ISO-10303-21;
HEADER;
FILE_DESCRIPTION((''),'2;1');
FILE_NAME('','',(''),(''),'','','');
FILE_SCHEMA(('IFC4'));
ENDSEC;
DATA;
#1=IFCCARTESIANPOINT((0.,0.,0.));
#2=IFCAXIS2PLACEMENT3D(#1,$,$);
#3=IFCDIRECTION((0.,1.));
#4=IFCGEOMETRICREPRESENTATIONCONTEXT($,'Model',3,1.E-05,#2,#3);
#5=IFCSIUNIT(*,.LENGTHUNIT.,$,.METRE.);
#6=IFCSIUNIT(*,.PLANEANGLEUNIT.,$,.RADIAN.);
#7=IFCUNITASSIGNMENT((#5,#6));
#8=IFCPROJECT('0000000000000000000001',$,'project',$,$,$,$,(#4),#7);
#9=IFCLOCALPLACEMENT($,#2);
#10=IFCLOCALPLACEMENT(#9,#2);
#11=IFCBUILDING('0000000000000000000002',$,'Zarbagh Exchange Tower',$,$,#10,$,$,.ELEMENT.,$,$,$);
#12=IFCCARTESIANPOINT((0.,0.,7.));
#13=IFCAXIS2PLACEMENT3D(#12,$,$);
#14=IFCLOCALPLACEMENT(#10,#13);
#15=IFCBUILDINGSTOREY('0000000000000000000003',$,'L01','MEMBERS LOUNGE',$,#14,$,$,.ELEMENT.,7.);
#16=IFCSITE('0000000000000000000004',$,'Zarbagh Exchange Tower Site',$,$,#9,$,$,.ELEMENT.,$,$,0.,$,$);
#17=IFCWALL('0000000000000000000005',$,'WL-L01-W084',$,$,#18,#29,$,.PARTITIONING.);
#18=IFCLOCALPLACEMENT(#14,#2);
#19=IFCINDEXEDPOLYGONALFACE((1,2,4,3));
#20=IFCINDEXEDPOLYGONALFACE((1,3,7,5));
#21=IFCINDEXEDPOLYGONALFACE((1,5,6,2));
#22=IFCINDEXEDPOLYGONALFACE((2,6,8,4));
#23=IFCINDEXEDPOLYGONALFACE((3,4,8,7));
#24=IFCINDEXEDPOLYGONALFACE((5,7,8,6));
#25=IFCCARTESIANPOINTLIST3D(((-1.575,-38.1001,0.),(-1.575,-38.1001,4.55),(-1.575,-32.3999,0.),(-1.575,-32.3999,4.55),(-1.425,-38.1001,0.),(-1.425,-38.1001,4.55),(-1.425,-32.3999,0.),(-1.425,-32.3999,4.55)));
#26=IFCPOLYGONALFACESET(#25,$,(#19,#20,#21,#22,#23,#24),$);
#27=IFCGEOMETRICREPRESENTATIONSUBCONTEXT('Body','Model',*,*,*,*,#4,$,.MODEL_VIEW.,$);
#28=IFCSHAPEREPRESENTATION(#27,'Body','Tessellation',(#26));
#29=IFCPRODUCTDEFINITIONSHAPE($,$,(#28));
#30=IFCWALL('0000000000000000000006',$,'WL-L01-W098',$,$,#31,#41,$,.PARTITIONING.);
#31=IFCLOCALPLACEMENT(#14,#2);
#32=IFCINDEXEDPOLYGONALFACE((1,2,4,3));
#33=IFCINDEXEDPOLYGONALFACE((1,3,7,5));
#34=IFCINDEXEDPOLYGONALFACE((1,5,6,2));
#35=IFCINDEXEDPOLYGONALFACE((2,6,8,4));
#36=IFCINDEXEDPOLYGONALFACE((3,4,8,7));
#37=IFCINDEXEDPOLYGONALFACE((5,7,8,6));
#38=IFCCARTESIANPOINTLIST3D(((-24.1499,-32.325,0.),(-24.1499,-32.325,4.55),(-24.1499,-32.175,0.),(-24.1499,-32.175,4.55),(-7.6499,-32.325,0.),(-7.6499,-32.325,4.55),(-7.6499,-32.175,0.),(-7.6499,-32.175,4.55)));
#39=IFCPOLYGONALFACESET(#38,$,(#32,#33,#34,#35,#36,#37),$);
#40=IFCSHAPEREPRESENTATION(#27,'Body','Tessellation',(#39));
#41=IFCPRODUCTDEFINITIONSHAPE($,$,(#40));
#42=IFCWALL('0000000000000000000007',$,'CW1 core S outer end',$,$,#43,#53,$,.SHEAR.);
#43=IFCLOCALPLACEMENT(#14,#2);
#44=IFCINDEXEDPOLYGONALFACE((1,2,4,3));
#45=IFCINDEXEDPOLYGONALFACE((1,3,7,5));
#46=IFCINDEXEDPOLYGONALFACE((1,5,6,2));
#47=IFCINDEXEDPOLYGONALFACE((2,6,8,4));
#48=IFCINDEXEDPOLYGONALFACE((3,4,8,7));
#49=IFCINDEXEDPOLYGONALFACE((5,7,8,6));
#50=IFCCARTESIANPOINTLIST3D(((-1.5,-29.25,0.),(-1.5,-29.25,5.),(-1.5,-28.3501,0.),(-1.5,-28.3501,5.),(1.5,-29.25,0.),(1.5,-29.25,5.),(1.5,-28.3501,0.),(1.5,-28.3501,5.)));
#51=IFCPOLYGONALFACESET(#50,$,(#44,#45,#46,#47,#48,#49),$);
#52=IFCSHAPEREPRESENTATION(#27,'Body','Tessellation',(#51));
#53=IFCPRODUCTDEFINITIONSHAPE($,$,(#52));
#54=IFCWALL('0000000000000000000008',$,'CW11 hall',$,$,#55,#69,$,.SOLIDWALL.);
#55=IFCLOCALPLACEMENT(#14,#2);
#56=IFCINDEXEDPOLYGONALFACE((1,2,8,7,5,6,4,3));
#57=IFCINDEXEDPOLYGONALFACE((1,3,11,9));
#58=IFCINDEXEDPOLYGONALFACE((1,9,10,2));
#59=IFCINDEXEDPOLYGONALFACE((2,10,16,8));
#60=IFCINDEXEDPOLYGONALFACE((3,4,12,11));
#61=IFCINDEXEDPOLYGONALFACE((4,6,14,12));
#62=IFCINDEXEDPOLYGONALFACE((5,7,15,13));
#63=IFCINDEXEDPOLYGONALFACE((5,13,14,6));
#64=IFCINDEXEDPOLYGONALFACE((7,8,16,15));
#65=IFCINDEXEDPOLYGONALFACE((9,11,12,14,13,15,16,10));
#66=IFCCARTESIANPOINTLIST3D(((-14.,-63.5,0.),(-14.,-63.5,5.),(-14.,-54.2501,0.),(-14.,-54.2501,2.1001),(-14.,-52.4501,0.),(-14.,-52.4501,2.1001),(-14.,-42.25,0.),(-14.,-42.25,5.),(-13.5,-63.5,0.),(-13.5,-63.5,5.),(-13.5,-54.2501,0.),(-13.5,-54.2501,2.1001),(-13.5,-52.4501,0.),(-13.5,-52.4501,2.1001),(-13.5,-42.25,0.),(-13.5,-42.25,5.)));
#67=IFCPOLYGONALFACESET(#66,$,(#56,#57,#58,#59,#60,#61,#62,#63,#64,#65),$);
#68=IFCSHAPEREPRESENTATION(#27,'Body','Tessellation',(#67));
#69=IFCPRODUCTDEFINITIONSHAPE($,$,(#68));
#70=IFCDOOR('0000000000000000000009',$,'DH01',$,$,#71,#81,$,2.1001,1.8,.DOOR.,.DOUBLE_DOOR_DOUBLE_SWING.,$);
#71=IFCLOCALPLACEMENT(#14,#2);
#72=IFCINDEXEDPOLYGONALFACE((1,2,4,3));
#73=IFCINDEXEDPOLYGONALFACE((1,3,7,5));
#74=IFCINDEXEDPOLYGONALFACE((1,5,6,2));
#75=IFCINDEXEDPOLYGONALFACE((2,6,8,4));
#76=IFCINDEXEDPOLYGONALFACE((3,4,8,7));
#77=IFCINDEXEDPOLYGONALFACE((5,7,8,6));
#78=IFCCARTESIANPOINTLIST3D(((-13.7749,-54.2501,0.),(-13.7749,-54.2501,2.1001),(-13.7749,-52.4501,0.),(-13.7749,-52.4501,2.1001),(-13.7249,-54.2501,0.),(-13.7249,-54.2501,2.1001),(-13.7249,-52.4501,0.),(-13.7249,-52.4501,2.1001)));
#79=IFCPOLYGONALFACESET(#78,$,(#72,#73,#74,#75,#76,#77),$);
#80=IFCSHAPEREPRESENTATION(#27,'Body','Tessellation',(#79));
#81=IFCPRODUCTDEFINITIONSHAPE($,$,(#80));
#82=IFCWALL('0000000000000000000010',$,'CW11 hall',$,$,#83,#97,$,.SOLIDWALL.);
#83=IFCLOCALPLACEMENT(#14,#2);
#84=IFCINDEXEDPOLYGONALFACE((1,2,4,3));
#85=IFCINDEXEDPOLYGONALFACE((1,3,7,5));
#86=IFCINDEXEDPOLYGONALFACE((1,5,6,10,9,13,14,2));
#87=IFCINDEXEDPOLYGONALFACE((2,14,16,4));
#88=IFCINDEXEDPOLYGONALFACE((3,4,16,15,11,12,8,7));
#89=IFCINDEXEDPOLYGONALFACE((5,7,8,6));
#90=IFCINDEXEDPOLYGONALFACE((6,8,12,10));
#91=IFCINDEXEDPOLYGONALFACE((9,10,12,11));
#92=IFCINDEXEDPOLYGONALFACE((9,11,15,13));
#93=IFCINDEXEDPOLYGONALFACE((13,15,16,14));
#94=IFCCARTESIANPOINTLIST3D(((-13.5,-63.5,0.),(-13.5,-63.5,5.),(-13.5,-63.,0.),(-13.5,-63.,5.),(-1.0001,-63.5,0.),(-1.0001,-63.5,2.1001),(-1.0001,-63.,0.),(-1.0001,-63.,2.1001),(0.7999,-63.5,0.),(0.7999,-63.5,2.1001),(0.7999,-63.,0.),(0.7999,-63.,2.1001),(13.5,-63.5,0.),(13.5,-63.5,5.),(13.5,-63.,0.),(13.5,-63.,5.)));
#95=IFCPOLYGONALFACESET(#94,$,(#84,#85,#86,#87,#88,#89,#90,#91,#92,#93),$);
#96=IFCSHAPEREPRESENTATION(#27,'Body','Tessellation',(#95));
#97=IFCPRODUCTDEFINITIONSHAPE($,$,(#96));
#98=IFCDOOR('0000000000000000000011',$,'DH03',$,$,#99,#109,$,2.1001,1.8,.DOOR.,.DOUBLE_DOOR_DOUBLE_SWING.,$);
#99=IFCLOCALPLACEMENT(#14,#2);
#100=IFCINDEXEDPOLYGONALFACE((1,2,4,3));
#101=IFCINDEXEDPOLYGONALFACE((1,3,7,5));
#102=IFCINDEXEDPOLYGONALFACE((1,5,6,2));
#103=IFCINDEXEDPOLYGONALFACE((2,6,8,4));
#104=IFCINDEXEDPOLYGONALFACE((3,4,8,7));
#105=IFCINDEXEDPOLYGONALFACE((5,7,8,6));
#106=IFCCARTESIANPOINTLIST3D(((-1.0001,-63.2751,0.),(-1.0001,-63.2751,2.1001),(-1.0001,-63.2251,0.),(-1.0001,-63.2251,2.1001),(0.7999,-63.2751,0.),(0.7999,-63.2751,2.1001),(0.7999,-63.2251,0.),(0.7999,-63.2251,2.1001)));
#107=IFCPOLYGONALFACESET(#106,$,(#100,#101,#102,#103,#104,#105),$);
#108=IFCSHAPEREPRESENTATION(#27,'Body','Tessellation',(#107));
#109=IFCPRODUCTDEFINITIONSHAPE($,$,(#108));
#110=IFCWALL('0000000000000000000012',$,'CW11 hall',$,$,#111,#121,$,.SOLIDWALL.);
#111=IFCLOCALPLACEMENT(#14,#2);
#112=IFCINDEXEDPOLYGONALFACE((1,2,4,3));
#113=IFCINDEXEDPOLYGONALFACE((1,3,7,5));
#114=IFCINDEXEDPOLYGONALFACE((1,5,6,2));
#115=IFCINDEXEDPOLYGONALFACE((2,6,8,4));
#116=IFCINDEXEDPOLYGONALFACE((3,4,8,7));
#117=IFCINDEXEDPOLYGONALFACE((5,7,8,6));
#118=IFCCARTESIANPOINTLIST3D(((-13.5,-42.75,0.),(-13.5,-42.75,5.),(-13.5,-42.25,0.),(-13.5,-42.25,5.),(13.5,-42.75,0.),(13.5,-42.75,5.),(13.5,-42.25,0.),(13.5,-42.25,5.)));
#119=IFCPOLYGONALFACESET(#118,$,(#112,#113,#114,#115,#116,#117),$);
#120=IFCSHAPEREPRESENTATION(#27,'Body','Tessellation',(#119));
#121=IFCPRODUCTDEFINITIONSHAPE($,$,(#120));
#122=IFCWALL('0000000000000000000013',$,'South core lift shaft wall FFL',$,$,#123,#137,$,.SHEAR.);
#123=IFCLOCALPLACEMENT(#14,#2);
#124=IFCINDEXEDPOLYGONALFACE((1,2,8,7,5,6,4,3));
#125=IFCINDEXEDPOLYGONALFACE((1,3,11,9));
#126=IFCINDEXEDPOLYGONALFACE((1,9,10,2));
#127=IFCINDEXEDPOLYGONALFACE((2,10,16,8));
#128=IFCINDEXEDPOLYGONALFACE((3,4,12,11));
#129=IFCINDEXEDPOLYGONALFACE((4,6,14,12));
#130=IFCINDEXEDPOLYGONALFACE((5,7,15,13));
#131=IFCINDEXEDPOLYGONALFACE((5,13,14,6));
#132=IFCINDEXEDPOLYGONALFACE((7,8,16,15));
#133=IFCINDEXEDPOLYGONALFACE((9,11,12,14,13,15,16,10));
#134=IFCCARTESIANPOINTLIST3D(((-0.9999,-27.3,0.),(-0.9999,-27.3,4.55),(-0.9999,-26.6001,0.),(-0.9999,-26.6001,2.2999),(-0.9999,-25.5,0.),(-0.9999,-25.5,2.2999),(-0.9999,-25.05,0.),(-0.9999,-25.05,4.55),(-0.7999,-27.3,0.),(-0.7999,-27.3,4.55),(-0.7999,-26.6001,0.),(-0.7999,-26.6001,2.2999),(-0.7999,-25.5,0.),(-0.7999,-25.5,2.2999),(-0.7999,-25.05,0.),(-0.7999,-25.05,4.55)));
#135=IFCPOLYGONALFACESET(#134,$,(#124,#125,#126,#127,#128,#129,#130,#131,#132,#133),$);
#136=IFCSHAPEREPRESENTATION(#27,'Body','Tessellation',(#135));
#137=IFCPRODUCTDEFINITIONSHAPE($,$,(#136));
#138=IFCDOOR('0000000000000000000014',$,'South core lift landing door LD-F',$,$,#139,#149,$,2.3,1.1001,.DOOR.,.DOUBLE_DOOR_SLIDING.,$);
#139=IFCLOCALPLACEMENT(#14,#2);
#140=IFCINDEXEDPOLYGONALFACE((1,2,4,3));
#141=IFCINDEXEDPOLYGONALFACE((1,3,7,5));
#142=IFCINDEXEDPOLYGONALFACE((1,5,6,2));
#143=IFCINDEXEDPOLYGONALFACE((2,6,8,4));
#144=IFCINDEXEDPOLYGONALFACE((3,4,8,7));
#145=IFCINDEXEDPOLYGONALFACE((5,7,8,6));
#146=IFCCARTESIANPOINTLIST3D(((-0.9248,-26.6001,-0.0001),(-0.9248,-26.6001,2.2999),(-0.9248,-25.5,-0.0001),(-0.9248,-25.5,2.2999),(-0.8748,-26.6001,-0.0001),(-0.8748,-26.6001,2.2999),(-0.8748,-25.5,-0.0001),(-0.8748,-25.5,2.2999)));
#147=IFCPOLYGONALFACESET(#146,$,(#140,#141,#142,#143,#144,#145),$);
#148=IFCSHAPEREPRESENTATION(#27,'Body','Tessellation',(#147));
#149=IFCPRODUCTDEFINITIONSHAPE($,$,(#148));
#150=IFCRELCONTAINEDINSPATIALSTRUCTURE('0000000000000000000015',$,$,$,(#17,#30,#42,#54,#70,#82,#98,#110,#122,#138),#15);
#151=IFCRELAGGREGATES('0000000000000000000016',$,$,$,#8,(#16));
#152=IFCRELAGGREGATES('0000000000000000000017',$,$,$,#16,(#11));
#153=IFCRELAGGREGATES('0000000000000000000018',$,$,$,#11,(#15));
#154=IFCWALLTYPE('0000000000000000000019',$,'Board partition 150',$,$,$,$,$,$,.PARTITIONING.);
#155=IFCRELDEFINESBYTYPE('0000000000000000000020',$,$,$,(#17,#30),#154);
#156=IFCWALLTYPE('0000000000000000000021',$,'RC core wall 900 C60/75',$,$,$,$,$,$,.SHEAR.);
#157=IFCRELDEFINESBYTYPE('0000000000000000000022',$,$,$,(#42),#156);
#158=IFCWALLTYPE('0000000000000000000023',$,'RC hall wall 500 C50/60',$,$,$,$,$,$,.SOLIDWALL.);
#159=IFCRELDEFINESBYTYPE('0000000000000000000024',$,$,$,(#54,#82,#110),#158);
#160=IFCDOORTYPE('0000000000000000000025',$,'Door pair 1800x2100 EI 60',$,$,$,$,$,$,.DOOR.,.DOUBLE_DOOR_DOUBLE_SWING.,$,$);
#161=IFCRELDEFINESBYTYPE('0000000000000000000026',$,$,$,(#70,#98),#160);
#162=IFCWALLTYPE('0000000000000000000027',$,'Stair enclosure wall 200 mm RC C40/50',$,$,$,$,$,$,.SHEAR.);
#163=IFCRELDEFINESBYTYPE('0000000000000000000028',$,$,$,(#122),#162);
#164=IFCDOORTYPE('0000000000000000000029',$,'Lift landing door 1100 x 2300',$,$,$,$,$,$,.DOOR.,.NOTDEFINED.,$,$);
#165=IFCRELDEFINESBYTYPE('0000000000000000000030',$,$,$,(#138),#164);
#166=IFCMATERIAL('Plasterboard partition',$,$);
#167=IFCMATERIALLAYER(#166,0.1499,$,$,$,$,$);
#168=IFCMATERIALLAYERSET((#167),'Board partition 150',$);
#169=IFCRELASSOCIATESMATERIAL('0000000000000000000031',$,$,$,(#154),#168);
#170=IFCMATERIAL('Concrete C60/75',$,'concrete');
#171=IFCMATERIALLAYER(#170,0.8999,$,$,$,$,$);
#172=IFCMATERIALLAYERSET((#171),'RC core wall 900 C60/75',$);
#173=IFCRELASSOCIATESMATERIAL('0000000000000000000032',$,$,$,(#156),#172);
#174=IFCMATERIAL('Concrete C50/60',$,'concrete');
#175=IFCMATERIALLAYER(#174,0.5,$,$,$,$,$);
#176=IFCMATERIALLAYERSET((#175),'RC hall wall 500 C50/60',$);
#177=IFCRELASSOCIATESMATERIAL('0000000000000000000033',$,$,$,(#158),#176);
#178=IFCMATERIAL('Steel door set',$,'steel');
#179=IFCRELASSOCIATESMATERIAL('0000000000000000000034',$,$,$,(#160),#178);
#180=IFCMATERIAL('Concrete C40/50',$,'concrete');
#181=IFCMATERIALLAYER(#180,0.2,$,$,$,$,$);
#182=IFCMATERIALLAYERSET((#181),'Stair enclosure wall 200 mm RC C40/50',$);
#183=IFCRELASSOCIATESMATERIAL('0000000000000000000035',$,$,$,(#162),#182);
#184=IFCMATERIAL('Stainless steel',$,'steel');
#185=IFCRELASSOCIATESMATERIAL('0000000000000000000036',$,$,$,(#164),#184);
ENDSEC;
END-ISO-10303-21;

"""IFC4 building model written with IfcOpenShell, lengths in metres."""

from ifc_helpers import new_model, si_unit, direction, frame, frame_2d, origin, place, context, subcontext, project, spatial, rectangle, extrude, material, layer, layer_set, type_object, element, fill, save


model = new_model("IFC4")

# Units and contexts
model_context = context("Model", 3, precision=1e-05, world=origin(), true_north=direction((0.0, 1.0)))
body_context = subcontext(model_context, "Body", "Model", "MODEL_VIEW")
ifc_project = project(units=[si_unit("LENGTHUNIT", "METRE"), si_unit("PLANEANGLEUNIT", "RADIAN")], contexts=[model_context])

# Site, building, storey
site_placement = place(None, origin())
site = spatial("IfcSite", under=ifc_project, at=site_placement, Name="Zarbagh Exchange Tower Site", CompositionType="ELEMENT", RefElevation=0.0)
building_placement = place(site_placement, origin())
building = spatial("IfcBuilding", under=site, at=building_placement, Name="Zarbagh Exchange Tower", CompositionType="ELEMENT")
storey_placement = place(building_placement, frame((0.0, 0.0, 7.0)))
storey = spatial("IfcBuildingStorey", under=building, at=storey_placement, Name="L01", Description="MEMBERS LOUNGE", CompositionType="ELEMENT", Elevation=7.0)

# Shared definitions
ifc_material_1 = material(Name="Concrete C60/75", Category="concrete")

# Shared definitions
ifc_material_2 = material(Name="Plasterboard partition")
ifc_layer_1 = layer(ifc_material_2, 0.1499)
ifc_layer_set_1 = layer_set([ifc_layer_1], Name="Board partition 150")
wall_type_1 = type_object("IfcWallType", Name="Board partition 150", PredefinedType="PARTITIONING", material=ifc_layer_set_1)

# Walls
wall_1_placement = place(storey_placement, frame((-1.5, -38.1001, 0.0), z_axis=(0.0, 0.0, 1.0), x_axis=(0.0, 1.0, 0.0)))
element("IfcWall", 1, at=wall_1_placement, inside=storey, type_object=wall_type_1, Name="WL-L01-W084", PredefinedType="PARTITIONING", context=body_context, shape_type="SweptSolid", body=[
    extrude(rectangle(XDim=5.7002, YDim=0.1499, at=frame_2d((2.8501, 0.0))), origin(), (0.0, 0.0, 1.0), 4.55),
])
wall_2_placement = place(storey_placement, frame((-7.6499, -32.25, 0.0), z_axis=(0.0, 0.0, 1.0), x_axis=(-1.0, 0.0, 0.0)))
element("IfcWall", 2, at=wall_2_placement, inside=storey, type_object=wall_type_1, Name="WL-L01-W098", PredefinedType="PARTITIONING", context=body_context, shape_type="SweptSolid", body=[
    extrude(rectangle(XDim=16.5, YDim=0.1499, at=frame_2d((8.25, 0.0))), origin(), (0.0, 0.0, 1.0), 4.55),
])
ifc_layer_2 = layer(ifc_material_1, 0.8999)
ifc_layer_set_2 = layer_set([ifc_layer_2], Name="RC core wall 900 C60/75")
wall_type_2 = type_object("IfcWallType", Name="RC core wall 900 C60/75", PredefinedType="SHEAR", material=ifc_layer_set_2)
wall_3_placement = place(storey_placement, frame((-1.5, -28.8, 0.0), z_axis=(0.0, 0.0, 1.0), x_axis=(1.0, 0.0, 0.0)))
element("IfcWall", 3, at=wall_3_placement, inside=storey, type_object=wall_type_2, Name="CW1 core S outer end", PredefinedType="SHEAR", context=body_context, shape_type="SweptSolid", body=[
    extrude(rectangle(XDim=3.0, YDim=0.8999, at=frame_2d((1.5, 0.0))), origin(), (0.0, 0.0, 1.0), 5.0),
])

# Walls, openings, doors
ifc_material_3 = material(Name="Concrete C50/60", Category="concrete")
ifc_layer_3 = layer(ifc_material_3, 0.5)
ifc_layer_set_3 = layer_set([ifc_layer_3], Name="RC hall wall 500 C50/60")
wall_type_3 = type_object("IfcWallType", Name="RC hall wall 500 C50/60", PredefinedType="SOLIDWALL", material=ifc_layer_set_3)
wall_4_placement = place(storey_placement, frame((-13.75, -63.5, 0.0), z_axis=(0.0, 0.0, 1.0), x_axis=(0.0, 1.0, 0.0)))
wall_4 = element("IfcWall", 4, at=wall_4_placement, inside=storey, type_object=wall_type_3, Name="CW11 hall", PredefinedType="SOLIDWALL", context=body_context, shape_type="SweptSolid", body=[
    extrude(rectangle(XDim=21.25, YDim=0.5, at=frame_2d((10.625, 0.0))), origin(), (0.0, 0.0, 1.0), 5.0),
])
opening_1_placement = place(wall_4_placement, frame((9.25, 0.0, 0.0)))
opening_1 = element("IfcOpeningElement", 5, at=opening_1_placement, cuts=wall_4, PredefinedType="OPENING", context=body_context, shape_type="SweptSolid", body=[
    extrude(rectangle(XDim=1.8, YDim=2.1001, at=frame_2d((0.8999, 1.05))), frame((0.0, 0.26, 0.0), z_axis=(0.0, -1.0, 0.0), x_axis=(1.0, 0.0, 0.0)), (0.0, 0.0, 1.0), 0.52),
])
ifc_material_4 = material(Name="Steel door set", Category="steel")
door_type_1 = type_object("IfcDoorType", Name="Door pair 1800x2100 EI 60", OperationType="DOUBLE_DOOR_DOUBLE_SWING", PredefinedType="DOOR", material=ifc_material_4)
door_1_placement = place(opening_1_placement, origin())
door_1 = element("IfcDoor", 6, at=door_1_placement, inside=storey, type_object=door_type_1, Name="DH01", OperationType="DOUBLE_DOOR_DOUBLE_SWING", OverallHeight=2.1001, OverallWidth=1.8, PredefinedType="DOOR", context=body_context, shape_type="SweptSolid", body=[
    extrude(rectangle(XDim=1.8, YDim=2.1001, at=frame_2d((0.8999, 1.05))), frame((0.0, 0.0249, 0.0), z_axis=(0.0, -1.0, 0.0), x_axis=(1.0, 0.0, 0.0)), (0.0, 0.0, 1.0), 0.05),
])
fill(opening_1, door_1)
wall_5_placement = place(storey_placement, frame((-13.5, -63.25, 0.0), z_axis=(0.0, 0.0, 1.0), x_axis=(1.0, 0.0, 0.0)))
wall_5 = element("IfcWall", 7, at=wall_5_placement, inside=storey, type_object=wall_type_3, Name="CW11 hall", PredefinedType="SOLIDWALL", context=body_context, shape_type="SweptSolid", body=[
    extrude(rectangle(XDim=27.0, YDim=0.5, at=frame_2d((13.5, 0.0))), origin(), (0.0, 0.0, 1.0), 5.0),
])
opening_2_placement = place(wall_5_placement, frame((12.5, 0.0, 0.0)))
opening_2 = element("IfcOpeningElement", 8, at=opening_2_placement, cuts=wall_5, PredefinedType="OPENING", context=body_context, shape_type="SweptSolid", body=[
    extrude(rectangle(XDim=1.8, YDim=2.1001, at=frame_2d((0.8999, 1.05))), frame((0.0, 0.26, 0.0), z_axis=(0.0, -1.0, 0.0), x_axis=(1.0, 0.0, 0.0)), (0.0, 0.0, 1.0), 0.52),
])
door_2_placement = place(opening_2_placement, origin())
door_2 = element("IfcDoor", 9, at=door_2_placement, inside=storey, type_object=door_type_1, Name="DH03", OperationType="DOUBLE_DOOR_DOUBLE_SWING", OverallHeight=2.1001, OverallWidth=1.8, PredefinedType="DOOR", context=body_context, shape_type="SweptSolid", body=[
    extrude(rectangle(XDim=1.8, YDim=2.1001, at=frame_2d((0.8999, 1.05))), frame((0.0, 0.0249, 0.0), z_axis=(0.0, -1.0, 0.0), x_axis=(1.0, 0.0, 0.0)), (0.0, 0.0, 1.0), 0.05),
])
fill(opening_2, door_2)

# Wall
wall_6_placement = place(storey_placement, frame((-13.5, -42.5, 0.0), z_axis=(0.0, 0.0, 1.0), x_axis=(1.0, 0.0, 0.0)))
element("IfcWall", 10, at=wall_6_placement, inside=storey, type_object=wall_type_3, Name="CW11 hall", PredefinedType="SOLIDWALL", context=body_context, shape_type="SweptSolid", body=[
    extrude(rectangle(XDim=27.0, YDim=0.5, at=frame_2d((13.5, 0.0))), origin(), (0.0, 0.0, 1.0), 5.0),
])

# Wall, opening, door
ifc_material_5 = material(Name="Concrete C40/50", Category="concrete")
ifc_layer_4 = layer(ifc_material_5, 0.2)
ifc_layer_set_4 = layer_set([ifc_layer_4], Name="Stair enclosure wall 200 mm RC C40/50")
wall_type_4 = type_object("IfcWallType", Name="Stair enclosure wall 200 mm RC C40/50", PredefinedType="SHEAR", material=ifc_layer_set_4)
wall_7_placement = place(storey_placement, frame((-0.8999, -27.3, 0.0), z_axis=(0.0, 0.0, 1.0), x_axis=(0.0, 1.0, 0.0)))
wall_7 = element("IfcWall", 11, at=wall_7_placement, inside=storey, type_object=wall_type_4, Name="South core lift shaft wall FFL", PredefinedType="SHEAR", context=body_context, shape_type="SweptSolid", body=[
    extrude(rectangle(XDim=2.25, YDim=0.2, at=frame_2d((1.125, 0.0))), origin(), (0.0, 0.0, 1.0), 4.55),
])
opening_3_placement = place(wall_7_placement, frame((0.7, 0.0, 0.0)))
opening_3 = element("IfcOpeningElement", 12, at=opening_3_placement, cuts=wall_7, PredefinedType="OPENING", context=body_context, shape_type="SweptSolid", body=[
    extrude(rectangle(XDim=1.1001, YDim=2.3, at=frame_2d((0.55, 1.1499))), frame((0.0, 0.1099, 0.0), z_axis=(0.0, -1.0, 0.0), x_axis=(1.0, 0.0, 0.0)), (0.0, 0.0, 1.0), 0.22),
])
ifc_material_6 = material(Name="Stainless steel", Category="steel")
door_type_2 = type_object("IfcDoorType", Name="Lift landing door 1100 x 2300", OperationType="NOTDEFINED", PredefinedType="DOOR", material=ifc_material_6)
door_3_placement = place(opening_3_placement, origin())
door_3 = element("IfcDoor", 13, at=door_3_placement, inside=storey, type_object=door_type_2, Name="South core lift landing door LD-F", OperationType="DOUBLE_DOOR_SLIDING", OverallHeight=2.3, OverallWidth=1.1001, PredefinedType="DOOR", context=body_context, shape_type="SweptSolid", body=[
    extrude(rectangle(XDim=1.1001, YDim=2.3, at=frame_2d((0.55, 1.1499))), frame((0.0, 0.0249, 0.0), z_axis=(0.0, -1.0, 0.0), x_axis=(1.0, 0.0, 0.0)), (0.0, 0.0, 1.0), 0.05),
])
fill(opening_3, door_3)

save(model, "model.ifc")
